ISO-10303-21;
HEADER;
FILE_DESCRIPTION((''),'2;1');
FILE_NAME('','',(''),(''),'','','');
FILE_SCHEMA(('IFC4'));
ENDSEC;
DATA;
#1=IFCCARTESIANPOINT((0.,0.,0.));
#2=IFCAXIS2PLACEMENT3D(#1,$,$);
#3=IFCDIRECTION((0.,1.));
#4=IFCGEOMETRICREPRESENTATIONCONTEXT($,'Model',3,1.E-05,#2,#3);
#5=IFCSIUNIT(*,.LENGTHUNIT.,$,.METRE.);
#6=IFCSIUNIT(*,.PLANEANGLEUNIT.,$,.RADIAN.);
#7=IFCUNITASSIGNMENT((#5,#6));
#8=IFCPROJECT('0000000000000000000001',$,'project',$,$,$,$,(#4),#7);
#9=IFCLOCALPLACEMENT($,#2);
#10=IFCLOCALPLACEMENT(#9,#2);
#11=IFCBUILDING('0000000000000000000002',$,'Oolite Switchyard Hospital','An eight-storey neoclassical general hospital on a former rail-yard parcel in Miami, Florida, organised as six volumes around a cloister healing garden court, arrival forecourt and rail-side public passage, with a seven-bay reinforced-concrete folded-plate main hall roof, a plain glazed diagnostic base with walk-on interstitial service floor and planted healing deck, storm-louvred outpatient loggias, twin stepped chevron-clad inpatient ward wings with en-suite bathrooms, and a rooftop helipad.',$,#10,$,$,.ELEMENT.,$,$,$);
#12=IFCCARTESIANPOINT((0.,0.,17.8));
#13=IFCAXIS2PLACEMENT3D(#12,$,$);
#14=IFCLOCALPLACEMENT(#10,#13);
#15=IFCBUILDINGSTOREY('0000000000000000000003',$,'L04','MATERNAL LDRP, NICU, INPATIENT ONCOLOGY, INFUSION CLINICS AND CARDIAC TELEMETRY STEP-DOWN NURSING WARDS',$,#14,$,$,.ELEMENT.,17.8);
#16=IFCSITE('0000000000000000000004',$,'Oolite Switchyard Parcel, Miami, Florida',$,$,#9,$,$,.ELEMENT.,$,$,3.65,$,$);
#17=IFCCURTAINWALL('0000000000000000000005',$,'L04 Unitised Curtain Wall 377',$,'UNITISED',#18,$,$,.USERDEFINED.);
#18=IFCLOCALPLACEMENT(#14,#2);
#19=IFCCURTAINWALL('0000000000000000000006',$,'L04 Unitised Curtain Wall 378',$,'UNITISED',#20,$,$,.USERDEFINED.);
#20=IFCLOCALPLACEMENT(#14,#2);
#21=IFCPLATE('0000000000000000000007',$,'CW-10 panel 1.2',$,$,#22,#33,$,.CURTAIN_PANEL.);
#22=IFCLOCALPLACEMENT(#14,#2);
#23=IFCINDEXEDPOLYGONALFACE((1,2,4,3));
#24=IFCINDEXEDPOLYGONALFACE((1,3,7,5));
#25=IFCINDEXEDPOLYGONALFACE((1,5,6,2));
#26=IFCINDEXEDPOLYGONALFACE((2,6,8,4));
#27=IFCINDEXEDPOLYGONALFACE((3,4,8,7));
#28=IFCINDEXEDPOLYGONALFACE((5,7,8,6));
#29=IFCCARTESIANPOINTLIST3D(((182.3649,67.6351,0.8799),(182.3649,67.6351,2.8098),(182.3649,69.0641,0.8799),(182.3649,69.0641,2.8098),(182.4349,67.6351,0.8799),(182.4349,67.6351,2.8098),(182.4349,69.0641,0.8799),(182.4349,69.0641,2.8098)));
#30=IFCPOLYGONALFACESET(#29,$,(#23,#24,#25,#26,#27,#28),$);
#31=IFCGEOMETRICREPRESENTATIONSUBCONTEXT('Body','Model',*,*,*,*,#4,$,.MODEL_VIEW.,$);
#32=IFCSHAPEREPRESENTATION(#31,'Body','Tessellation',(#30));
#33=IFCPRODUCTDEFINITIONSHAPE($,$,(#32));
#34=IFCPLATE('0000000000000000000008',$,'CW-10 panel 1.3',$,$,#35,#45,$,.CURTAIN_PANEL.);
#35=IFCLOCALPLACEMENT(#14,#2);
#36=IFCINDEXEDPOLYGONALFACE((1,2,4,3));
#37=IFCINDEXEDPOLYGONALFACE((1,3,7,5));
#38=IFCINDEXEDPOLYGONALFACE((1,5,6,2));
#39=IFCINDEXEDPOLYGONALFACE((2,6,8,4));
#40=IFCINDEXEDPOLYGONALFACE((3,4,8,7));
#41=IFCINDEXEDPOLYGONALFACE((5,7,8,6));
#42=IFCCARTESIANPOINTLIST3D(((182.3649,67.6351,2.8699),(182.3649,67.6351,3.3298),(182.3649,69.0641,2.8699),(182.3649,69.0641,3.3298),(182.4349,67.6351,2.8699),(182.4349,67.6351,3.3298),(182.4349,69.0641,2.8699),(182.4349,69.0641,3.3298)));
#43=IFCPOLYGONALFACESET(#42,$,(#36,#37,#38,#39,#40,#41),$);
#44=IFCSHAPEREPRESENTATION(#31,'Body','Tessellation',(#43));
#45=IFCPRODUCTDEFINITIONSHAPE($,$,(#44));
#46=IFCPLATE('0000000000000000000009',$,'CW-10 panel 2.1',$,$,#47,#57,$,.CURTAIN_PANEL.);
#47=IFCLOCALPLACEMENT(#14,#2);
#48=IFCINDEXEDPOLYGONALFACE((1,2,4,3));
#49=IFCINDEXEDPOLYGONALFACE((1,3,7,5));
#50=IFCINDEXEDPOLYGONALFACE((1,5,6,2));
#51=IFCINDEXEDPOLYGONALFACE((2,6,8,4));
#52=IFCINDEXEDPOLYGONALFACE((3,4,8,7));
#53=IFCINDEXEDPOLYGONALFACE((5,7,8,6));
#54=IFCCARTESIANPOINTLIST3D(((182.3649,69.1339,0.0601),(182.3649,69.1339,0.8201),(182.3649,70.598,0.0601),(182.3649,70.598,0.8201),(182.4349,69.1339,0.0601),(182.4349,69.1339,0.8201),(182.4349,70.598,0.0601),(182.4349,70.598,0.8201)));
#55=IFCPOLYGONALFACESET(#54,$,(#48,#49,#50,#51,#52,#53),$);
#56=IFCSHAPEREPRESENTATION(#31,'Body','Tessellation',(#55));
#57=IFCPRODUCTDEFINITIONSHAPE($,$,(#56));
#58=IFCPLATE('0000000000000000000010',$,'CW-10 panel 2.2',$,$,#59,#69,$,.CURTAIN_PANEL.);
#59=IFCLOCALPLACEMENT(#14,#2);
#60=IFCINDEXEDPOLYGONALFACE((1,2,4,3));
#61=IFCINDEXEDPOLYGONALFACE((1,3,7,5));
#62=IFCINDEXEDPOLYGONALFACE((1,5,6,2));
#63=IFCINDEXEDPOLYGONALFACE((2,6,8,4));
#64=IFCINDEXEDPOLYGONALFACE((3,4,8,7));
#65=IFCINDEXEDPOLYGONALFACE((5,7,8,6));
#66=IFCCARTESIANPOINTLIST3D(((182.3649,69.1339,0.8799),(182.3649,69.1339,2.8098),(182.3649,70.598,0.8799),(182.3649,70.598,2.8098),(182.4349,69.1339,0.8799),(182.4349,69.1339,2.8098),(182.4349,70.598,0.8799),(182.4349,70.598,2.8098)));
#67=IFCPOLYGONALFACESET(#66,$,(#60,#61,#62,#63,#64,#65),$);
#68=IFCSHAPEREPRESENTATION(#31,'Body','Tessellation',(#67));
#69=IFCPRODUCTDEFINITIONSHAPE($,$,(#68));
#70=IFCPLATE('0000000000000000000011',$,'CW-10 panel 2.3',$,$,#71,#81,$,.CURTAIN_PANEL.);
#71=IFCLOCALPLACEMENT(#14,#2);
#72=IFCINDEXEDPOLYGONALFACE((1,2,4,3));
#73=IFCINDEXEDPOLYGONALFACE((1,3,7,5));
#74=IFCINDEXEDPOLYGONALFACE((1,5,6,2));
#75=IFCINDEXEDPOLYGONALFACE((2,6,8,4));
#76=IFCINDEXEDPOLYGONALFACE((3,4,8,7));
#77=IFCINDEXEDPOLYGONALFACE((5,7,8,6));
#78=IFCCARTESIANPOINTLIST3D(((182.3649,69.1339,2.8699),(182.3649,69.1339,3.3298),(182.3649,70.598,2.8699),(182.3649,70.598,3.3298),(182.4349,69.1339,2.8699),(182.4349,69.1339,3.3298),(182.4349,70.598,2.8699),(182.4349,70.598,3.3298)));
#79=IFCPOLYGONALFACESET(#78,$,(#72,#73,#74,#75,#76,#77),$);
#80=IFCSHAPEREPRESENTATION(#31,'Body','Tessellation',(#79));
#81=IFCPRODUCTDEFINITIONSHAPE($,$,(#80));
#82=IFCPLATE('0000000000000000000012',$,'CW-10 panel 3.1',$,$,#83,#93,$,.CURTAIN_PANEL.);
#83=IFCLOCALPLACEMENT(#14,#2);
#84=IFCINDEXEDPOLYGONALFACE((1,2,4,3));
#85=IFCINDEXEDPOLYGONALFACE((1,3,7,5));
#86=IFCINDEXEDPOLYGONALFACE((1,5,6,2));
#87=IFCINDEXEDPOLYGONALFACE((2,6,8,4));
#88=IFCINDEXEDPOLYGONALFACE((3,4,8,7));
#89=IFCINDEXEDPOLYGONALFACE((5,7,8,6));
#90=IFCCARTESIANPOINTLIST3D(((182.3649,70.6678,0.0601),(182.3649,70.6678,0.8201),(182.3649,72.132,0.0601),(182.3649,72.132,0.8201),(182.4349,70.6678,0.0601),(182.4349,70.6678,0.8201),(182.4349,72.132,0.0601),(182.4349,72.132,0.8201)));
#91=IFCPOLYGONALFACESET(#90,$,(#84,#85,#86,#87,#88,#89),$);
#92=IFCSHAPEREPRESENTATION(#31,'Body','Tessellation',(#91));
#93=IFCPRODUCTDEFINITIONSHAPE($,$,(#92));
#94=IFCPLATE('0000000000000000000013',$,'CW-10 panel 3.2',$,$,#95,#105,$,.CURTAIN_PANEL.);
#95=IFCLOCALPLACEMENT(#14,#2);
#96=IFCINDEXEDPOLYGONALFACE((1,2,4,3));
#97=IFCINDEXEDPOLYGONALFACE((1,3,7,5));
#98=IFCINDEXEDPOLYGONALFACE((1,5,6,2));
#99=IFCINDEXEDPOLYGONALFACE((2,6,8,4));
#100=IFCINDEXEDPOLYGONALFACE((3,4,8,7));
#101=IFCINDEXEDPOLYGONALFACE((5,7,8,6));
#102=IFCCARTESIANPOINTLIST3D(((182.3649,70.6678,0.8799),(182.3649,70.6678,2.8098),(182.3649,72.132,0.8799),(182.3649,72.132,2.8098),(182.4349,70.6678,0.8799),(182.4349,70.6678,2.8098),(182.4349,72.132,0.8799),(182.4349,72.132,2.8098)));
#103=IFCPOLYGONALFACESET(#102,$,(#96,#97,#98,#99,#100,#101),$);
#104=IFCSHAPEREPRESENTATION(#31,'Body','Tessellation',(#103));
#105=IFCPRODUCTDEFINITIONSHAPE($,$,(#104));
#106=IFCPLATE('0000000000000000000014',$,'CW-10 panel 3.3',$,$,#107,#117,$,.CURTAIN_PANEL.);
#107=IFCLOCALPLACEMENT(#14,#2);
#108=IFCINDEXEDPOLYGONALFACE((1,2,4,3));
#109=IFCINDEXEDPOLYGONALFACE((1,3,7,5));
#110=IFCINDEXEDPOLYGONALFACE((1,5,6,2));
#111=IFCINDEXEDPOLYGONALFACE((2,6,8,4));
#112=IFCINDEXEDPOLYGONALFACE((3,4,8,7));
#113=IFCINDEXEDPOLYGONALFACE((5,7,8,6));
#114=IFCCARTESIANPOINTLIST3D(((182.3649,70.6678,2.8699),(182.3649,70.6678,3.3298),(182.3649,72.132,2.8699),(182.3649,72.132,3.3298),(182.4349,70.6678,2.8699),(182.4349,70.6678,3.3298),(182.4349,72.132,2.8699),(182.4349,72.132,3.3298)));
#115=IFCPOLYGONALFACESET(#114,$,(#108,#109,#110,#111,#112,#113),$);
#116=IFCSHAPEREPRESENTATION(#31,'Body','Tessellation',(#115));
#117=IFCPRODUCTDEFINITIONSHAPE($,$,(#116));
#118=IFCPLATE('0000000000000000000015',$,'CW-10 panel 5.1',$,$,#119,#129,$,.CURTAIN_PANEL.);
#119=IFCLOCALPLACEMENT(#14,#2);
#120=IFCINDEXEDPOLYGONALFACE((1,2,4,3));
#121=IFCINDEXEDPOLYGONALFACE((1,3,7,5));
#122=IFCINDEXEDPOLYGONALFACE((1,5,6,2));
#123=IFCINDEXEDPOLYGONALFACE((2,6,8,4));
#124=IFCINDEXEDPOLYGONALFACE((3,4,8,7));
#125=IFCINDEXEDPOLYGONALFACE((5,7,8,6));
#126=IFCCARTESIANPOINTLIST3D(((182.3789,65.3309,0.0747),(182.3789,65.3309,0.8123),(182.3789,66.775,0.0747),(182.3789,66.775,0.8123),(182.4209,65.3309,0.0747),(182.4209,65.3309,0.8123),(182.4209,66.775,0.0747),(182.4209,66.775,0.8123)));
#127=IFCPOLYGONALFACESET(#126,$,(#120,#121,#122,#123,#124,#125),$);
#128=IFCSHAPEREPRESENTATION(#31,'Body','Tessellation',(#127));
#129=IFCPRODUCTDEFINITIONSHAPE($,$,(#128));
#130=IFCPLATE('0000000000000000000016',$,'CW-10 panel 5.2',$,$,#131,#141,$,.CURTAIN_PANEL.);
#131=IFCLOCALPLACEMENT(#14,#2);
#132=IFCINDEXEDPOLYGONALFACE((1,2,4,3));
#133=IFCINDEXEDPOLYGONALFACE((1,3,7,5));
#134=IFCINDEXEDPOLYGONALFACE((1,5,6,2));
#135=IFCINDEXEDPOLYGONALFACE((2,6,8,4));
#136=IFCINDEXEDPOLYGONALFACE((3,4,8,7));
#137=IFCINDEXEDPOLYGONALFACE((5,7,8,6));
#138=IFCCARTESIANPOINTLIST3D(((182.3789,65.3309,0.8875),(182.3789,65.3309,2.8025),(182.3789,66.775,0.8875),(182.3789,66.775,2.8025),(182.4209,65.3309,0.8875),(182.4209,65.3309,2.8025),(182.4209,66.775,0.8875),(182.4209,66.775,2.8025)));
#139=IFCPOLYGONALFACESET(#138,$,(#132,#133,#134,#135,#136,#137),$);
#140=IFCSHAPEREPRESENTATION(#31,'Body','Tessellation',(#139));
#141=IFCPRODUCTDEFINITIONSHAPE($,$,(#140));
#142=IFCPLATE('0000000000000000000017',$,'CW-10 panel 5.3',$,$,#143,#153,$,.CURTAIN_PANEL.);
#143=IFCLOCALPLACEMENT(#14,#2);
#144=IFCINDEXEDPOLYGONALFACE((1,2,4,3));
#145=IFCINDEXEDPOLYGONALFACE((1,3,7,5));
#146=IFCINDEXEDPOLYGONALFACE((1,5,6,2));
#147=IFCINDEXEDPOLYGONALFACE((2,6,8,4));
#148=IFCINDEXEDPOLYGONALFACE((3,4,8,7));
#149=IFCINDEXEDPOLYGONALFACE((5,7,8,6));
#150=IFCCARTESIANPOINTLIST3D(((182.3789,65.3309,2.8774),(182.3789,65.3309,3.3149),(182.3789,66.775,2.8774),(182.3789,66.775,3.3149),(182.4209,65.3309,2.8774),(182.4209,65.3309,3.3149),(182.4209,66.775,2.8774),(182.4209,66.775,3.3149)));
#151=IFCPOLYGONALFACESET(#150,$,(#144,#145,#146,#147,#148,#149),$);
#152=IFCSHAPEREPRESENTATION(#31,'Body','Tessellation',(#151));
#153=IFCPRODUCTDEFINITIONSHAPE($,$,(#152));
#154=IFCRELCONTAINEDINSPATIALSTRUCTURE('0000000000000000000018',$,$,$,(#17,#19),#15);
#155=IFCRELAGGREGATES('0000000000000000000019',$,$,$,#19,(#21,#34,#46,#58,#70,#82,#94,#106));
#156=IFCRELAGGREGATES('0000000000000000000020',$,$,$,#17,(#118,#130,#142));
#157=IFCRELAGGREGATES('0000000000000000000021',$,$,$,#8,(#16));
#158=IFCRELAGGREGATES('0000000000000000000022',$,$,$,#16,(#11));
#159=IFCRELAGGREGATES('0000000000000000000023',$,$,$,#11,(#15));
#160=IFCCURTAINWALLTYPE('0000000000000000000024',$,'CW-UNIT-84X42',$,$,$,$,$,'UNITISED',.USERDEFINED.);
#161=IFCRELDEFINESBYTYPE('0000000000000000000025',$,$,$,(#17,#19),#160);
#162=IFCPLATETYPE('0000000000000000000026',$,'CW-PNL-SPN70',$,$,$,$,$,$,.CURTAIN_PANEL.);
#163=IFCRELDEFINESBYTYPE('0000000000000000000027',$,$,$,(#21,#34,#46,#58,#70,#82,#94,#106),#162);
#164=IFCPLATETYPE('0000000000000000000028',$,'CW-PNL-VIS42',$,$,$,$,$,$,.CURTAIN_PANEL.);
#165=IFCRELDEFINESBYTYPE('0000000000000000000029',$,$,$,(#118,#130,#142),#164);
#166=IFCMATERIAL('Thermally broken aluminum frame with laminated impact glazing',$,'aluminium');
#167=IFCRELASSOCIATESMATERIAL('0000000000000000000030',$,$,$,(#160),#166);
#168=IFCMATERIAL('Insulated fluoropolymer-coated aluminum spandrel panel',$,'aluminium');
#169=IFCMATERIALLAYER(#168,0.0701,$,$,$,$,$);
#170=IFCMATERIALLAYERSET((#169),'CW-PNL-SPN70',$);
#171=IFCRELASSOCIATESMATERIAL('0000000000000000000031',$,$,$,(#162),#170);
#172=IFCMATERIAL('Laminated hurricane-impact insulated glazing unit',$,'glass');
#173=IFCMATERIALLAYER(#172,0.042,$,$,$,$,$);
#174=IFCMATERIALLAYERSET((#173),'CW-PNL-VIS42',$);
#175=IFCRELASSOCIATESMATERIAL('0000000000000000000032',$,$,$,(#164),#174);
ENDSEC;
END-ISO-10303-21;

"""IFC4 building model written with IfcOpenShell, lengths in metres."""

from ifc_helpers import new_model, si_unit, direction, frame, origin, origin_2d, place, context, subcontext, project, spatial, rectangle, extrude, material, layer, layer_set, type_object, element, aggregate, save


model = new_model("IFC4")

# Units and contexts
model_context = context("Model", 3, precision=1e-05, world=origin(), true_north=direction((0.0, 1.0)))
body_context = subcontext(model_context, "Body", "Model", "MODEL_VIEW")
ifc_project = project(units=[si_unit("LENGTHUNIT", "METRE"), si_unit("PLANEANGLEUNIT", "RADIAN")], contexts=[model_context])

# Site, building, storey
site_placement = place(None, origin())
site = spatial("IfcSite", under=ifc_project, at=site_placement, Name="Oolite Switchyard Parcel, Miami, Florida", CompositionType="ELEMENT", RefElevation=3.65)
building_placement = place(site_placement, origin())
building = spatial("IfcBuilding", under=site, at=building_placement, Name="Oolite Switchyard Hospital", Description="An eight-storey neoclassical general hospital on a former rail-yard parcel in Miami, Florida, organised as six volumes around a cloister healing garden court, arrival forecourt and rail-side public passage, with a seven-bay reinforced-concrete folded-plate main hall roof, a plain glazed diagnostic base with walk-on interstitial service floor and planted healing deck, storm-louvred outpatient loggias, twin stepped chevron-clad inpatient ward wings with en-suite bathrooms, and a rooftop helipad.", CompositionType="ELEMENT")
storey_placement = place(building_placement, frame((0.0, 0.0, 17.8)))
storey = spatial("IfcBuildingStorey", under=building, at=storey_placement, Name="L04", Description="MATERNAL LDRP, NICU, INPATIENT ONCOLOGY, INFUSION CLINICS AND CARDIAC TELEMETRY STEP-DOWN NURSING WARDS", CompositionType="ELEMENT", Elevation=17.8)

# Curtain wall
ifc_material_1 = material(Name="Thermally broken aluminum frame with laminated impact glazing", Category="aluminium")
curtain_wall_type = type_object("IfcCurtainWallType", Name="CW-UNIT-84X42", ElementType="UNITISED", PredefinedType="USERDEFINED", material=ifc_material_1)
curtain_wall_1_placement = place(storey_placement, origin())
curtain_wall_1 = element("IfcCurtainWall", 1, at=curtain_wall_1_placement, inside=storey, type_object=curtain_wall_type, Name="L04 Unitised Curtain Wall 377", ObjectType="UNITISED", PredefinedType="USERDEFINED")

# Curtain wall
curtain_wall_2_placement = place(storey_placement, origin())
curtain_wall_2 = element("IfcCurtainWall", 2, at=curtain_wall_2_placement, inside=storey, type_object=curtain_wall_type, Name="L04 Unitised Curtain Wall 378", ObjectType="UNITISED", PredefinedType="USERDEFINED")

# Plates
ifc_material_2 = material(Name="Insulated fluoropolymer-coated aluminum spandrel panel", Category="aluminium")
ifc_layer_1 = layer(ifc_material_2, 0.0701)
ifc_layer_set_1 = layer_set([ifc_layer_1], Name="CW-PNL-SPN70")
plate_type_1 = type_object("IfcPlateType", Name="CW-PNL-SPN70", PredefinedType="CURTAIN_PANEL", material=ifc_layer_set_1)
plate_1_placement = place(storey_placement, frame((182.3999, 68.3496, 0.8799), z_axis=(0.0, 0.0, 1.0), x_axis=(0.0, 1.0, 0.0)))
plate_1 = element("IfcPlate", 3, at=plate_1_placement, type_object=plate_type_1, Name="CW-10 panel 1.2", PredefinedType="CURTAIN_PANEL", context=body_context, shape_type="SweptSolid", body=[
    extrude(rectangle(XDim=1.429, YDim=0.0701, at=origin_2d()), origin(), (0.0, 0.0, 1.0), 1.9299),
])
plate_2_placement = place(storey_placement, frame((182.3999, 68.3496, 2.8699), z_axis=(0.0, 0.0, 1.0), x_axis=(0.0, 1.0, 0.0)))
plate_2 = element("IfcPlate", 4, at=plate_2_placement, type_object=plate_type_1, Name="CW-10 panel 1.3", PredefinedType="CURTAIN_PANEL", context=body_context, shape_type="SweptSolid", body=[
    extrude(rectangle(XDim=1.429, YDim=0.0701, at=origin_2d()), origin(), (0.0, 0.0, 1.0), 0.46),
])
plate_3_placement = place(storey_placement, frame((182.3999, 69.866, 0.0601), z_axis=(0.0, 0.0, 1.0), x_axis=(0.0, 1.0, 0.0)))
plate_3 = element("IfcPlate", 5, at=plate_3_placement, type_object=plate_type_1, Name="CW-10 panel 2.1", PredefinedType="CURTAIN_PANEL", context=body_context, shape_type="SweptSolid", body=[
    extrude(rectangle(XDim=1.4641, YDim=0.0701, at=origin_2d()), origin(), (0.0, 0.0, 1.0), 0.76),
])
plate_4_placement = place(storey_placement, frame((182.3999, 69.866, 0.8799), z_axis=(0.0, 0.0, 1.0), x_axis=(0.0, 1.0, 0.0)))
plate_4 = element("IfcPlate", 6, at=plate_4_placement, type_object=plate_type_1, Name="CW-10 panel 2.2", PredefinedType="CURTAIN_PANEL", context=body_context, shape_type="SweptSolid", body=[
    extrude(rectangle(XDim=1.4641, YDim=0.0701, at=origin_2d()), origin(), (0.0, 0.0, 1.0), 1.9299),
])
plate_5_placement = place(storey_placement, frame((182.3999, 69.866, 2.8699), z_axis=(0.0, 0.0, 1.0), x_axis=(0.0, 1.0, 0.0)))
plate_5 = element("IfcPlate", 7, at=plate_5_placement, type_object=plate_type_1, Name="CW-10 panel 2.3", PredefinedType="CURTAIN_PANEL", context=body_context, shape_type="SweptSolid", body=[
    extrude(rectangle(XDim=1.4641, YDim=0.0701, at=origin_2d()), origin(), (0.0, 0.0, 1.0), 0.46),
])
plate_6_placement = place(storey_placement, frame((182.3999, 71.3999, 0.0601), z_axis=(0.0, 0.0, 1.0), x_axis=(0.0, 1.0, 0.0)))
plate_6 = element("IfcPlate", 8, at=plate_6_placement, type_object=plate_type_1, Name="CW-10 panel 3.1", PredefinedType="CURTAIN_PANEL", context=body_context, shape_type="SweptSolid", body=[
    extrude(rectangle(XDim=1.4641, YDim=0.0701, at=origin_2d()), origin(), (0.0, 0.0, 1.0), 0.76),
])
plate_7_placement = place(storey_placement, frame((182.3999, 71.3999, 0.8799), z_axis=(0.0, 0.0, 1.0), x_axis=(0.0, 1.0, 0.0)))
plate_7 = element("IfcPlate", 9, at=plate_7_placement, type_object=plate_type_1, Name="CW-10 panel 3.2", PredefinedType="CURTAIN_PANEL", context=body_context, shape_type="SweptSolid", body=[
    extrude(rectangle(XDim=1.4641, YDim=0.0701, at=origin_2d()), origin(), (0.0, 0.0, 1.0), 1.9299),
])
plate_8_placement = place(storey_placement, frame((182.3999, 71.3999, 2.8699), z_axis=(0.0, 0.0, 1.0), x_axis=(0.0, 1.0, 0.0)))
plate_8 = element("IfcPlate", 10, at=plate_8_placement, type_object=plate_type_1, Name="CW-10 panel 3.3", PredefinedType="CURTAIN_PANEL", context=body_context, shape_type="SweptSolid", body=[
    extrude(rectangle(XDim=1.4641, YDim=0.0701, at=origin_2d()), origin(), (0.0, 0.0, 1.0), 0.46),
])
aggregate(curtain_wall_2, [plate_1, plate_2, plate_3, plate_4, plate_5, plate_6, plate_7, plate_8])
ifc_material_3 = material(Name="Laminated hurricane-impact insulated glazing unit", Category="glass")
ifc_layer_2 = layer(ifc_material_3, 0.042)
ifc_layer_set_2 = layer_set([ifc_layer_2], Name="CW-PNL-VIS42")
plate_type_2 = type_object("IfcPlateType", Name="CW-PNL-VIS42", PredefinedType="CURTAIN_PANEL", material=ifc_layer_set_2)
plate_9_placement = place(storey_placement, frame((182.3999, 66.053, 0.0747), z_axis=(0.0, 0.0, 1.0), x_axis=(0.0, 1.0, 0.0)))
plate_9 = element("IfcPlate", 11, at=plate_9_placement, type_object=plate_type_2, Name="CW-10 panel 5.1", PredefinedType="CURTAIN_PANEL", context=body_context, shape_type="SweptSolid", body=[
    extrude(rectangle(XDim=1.4441, YDim=0.042, at=origin_2d()), origin(), (0.0, 0.0, 1.0), 0.7375),
])
plate_10_placement = place(storey_placement, frame((182.3999, 66.053, 0.8875), z_axis=(0.0, 0.0, 1.0), x_axis=(0.0, 1.0, 0.0)))
plate_10 = element("IfcPlate", 12, at=plate_10_placement, type_object=plate_type_2, Name="CW-10 panel 5.2", PredefinedType="CURTAIN_PANEL", context=body_context, shape_type="SweptSolid", body=[
    extrude(rectangle(XDim=1.4441, YDim=0.042, at=origin_2d()), origin(), (0.0, 0.0, 1.0), 1.915),
])
plate_11_placement = place(storey_placement, frame((182.3999, 66.053, 2.8774), z_axis=(0.0, 0.0, 1.0), x_axis=(0.0, 1.0, 0.0)))
plate_11 = element("IfcPlate", 13, at=plate_11_placement, type_object=plate_type_2, Name="CW-10 panel 5.3", PredefinedType="CURTAIN_PANEL", context=body_context, shape_type="SweptSolid", body=[
    extrude(rectangle(XDim=1.4441, YDim=0.042, at=origin_2d()), origin(), (0.0, 0.0, 1.0), 0.4375),
])
aggregate(curtain_wall_1, [plate_9, plate_10, plate_11])

save(model, "model.ifc")
